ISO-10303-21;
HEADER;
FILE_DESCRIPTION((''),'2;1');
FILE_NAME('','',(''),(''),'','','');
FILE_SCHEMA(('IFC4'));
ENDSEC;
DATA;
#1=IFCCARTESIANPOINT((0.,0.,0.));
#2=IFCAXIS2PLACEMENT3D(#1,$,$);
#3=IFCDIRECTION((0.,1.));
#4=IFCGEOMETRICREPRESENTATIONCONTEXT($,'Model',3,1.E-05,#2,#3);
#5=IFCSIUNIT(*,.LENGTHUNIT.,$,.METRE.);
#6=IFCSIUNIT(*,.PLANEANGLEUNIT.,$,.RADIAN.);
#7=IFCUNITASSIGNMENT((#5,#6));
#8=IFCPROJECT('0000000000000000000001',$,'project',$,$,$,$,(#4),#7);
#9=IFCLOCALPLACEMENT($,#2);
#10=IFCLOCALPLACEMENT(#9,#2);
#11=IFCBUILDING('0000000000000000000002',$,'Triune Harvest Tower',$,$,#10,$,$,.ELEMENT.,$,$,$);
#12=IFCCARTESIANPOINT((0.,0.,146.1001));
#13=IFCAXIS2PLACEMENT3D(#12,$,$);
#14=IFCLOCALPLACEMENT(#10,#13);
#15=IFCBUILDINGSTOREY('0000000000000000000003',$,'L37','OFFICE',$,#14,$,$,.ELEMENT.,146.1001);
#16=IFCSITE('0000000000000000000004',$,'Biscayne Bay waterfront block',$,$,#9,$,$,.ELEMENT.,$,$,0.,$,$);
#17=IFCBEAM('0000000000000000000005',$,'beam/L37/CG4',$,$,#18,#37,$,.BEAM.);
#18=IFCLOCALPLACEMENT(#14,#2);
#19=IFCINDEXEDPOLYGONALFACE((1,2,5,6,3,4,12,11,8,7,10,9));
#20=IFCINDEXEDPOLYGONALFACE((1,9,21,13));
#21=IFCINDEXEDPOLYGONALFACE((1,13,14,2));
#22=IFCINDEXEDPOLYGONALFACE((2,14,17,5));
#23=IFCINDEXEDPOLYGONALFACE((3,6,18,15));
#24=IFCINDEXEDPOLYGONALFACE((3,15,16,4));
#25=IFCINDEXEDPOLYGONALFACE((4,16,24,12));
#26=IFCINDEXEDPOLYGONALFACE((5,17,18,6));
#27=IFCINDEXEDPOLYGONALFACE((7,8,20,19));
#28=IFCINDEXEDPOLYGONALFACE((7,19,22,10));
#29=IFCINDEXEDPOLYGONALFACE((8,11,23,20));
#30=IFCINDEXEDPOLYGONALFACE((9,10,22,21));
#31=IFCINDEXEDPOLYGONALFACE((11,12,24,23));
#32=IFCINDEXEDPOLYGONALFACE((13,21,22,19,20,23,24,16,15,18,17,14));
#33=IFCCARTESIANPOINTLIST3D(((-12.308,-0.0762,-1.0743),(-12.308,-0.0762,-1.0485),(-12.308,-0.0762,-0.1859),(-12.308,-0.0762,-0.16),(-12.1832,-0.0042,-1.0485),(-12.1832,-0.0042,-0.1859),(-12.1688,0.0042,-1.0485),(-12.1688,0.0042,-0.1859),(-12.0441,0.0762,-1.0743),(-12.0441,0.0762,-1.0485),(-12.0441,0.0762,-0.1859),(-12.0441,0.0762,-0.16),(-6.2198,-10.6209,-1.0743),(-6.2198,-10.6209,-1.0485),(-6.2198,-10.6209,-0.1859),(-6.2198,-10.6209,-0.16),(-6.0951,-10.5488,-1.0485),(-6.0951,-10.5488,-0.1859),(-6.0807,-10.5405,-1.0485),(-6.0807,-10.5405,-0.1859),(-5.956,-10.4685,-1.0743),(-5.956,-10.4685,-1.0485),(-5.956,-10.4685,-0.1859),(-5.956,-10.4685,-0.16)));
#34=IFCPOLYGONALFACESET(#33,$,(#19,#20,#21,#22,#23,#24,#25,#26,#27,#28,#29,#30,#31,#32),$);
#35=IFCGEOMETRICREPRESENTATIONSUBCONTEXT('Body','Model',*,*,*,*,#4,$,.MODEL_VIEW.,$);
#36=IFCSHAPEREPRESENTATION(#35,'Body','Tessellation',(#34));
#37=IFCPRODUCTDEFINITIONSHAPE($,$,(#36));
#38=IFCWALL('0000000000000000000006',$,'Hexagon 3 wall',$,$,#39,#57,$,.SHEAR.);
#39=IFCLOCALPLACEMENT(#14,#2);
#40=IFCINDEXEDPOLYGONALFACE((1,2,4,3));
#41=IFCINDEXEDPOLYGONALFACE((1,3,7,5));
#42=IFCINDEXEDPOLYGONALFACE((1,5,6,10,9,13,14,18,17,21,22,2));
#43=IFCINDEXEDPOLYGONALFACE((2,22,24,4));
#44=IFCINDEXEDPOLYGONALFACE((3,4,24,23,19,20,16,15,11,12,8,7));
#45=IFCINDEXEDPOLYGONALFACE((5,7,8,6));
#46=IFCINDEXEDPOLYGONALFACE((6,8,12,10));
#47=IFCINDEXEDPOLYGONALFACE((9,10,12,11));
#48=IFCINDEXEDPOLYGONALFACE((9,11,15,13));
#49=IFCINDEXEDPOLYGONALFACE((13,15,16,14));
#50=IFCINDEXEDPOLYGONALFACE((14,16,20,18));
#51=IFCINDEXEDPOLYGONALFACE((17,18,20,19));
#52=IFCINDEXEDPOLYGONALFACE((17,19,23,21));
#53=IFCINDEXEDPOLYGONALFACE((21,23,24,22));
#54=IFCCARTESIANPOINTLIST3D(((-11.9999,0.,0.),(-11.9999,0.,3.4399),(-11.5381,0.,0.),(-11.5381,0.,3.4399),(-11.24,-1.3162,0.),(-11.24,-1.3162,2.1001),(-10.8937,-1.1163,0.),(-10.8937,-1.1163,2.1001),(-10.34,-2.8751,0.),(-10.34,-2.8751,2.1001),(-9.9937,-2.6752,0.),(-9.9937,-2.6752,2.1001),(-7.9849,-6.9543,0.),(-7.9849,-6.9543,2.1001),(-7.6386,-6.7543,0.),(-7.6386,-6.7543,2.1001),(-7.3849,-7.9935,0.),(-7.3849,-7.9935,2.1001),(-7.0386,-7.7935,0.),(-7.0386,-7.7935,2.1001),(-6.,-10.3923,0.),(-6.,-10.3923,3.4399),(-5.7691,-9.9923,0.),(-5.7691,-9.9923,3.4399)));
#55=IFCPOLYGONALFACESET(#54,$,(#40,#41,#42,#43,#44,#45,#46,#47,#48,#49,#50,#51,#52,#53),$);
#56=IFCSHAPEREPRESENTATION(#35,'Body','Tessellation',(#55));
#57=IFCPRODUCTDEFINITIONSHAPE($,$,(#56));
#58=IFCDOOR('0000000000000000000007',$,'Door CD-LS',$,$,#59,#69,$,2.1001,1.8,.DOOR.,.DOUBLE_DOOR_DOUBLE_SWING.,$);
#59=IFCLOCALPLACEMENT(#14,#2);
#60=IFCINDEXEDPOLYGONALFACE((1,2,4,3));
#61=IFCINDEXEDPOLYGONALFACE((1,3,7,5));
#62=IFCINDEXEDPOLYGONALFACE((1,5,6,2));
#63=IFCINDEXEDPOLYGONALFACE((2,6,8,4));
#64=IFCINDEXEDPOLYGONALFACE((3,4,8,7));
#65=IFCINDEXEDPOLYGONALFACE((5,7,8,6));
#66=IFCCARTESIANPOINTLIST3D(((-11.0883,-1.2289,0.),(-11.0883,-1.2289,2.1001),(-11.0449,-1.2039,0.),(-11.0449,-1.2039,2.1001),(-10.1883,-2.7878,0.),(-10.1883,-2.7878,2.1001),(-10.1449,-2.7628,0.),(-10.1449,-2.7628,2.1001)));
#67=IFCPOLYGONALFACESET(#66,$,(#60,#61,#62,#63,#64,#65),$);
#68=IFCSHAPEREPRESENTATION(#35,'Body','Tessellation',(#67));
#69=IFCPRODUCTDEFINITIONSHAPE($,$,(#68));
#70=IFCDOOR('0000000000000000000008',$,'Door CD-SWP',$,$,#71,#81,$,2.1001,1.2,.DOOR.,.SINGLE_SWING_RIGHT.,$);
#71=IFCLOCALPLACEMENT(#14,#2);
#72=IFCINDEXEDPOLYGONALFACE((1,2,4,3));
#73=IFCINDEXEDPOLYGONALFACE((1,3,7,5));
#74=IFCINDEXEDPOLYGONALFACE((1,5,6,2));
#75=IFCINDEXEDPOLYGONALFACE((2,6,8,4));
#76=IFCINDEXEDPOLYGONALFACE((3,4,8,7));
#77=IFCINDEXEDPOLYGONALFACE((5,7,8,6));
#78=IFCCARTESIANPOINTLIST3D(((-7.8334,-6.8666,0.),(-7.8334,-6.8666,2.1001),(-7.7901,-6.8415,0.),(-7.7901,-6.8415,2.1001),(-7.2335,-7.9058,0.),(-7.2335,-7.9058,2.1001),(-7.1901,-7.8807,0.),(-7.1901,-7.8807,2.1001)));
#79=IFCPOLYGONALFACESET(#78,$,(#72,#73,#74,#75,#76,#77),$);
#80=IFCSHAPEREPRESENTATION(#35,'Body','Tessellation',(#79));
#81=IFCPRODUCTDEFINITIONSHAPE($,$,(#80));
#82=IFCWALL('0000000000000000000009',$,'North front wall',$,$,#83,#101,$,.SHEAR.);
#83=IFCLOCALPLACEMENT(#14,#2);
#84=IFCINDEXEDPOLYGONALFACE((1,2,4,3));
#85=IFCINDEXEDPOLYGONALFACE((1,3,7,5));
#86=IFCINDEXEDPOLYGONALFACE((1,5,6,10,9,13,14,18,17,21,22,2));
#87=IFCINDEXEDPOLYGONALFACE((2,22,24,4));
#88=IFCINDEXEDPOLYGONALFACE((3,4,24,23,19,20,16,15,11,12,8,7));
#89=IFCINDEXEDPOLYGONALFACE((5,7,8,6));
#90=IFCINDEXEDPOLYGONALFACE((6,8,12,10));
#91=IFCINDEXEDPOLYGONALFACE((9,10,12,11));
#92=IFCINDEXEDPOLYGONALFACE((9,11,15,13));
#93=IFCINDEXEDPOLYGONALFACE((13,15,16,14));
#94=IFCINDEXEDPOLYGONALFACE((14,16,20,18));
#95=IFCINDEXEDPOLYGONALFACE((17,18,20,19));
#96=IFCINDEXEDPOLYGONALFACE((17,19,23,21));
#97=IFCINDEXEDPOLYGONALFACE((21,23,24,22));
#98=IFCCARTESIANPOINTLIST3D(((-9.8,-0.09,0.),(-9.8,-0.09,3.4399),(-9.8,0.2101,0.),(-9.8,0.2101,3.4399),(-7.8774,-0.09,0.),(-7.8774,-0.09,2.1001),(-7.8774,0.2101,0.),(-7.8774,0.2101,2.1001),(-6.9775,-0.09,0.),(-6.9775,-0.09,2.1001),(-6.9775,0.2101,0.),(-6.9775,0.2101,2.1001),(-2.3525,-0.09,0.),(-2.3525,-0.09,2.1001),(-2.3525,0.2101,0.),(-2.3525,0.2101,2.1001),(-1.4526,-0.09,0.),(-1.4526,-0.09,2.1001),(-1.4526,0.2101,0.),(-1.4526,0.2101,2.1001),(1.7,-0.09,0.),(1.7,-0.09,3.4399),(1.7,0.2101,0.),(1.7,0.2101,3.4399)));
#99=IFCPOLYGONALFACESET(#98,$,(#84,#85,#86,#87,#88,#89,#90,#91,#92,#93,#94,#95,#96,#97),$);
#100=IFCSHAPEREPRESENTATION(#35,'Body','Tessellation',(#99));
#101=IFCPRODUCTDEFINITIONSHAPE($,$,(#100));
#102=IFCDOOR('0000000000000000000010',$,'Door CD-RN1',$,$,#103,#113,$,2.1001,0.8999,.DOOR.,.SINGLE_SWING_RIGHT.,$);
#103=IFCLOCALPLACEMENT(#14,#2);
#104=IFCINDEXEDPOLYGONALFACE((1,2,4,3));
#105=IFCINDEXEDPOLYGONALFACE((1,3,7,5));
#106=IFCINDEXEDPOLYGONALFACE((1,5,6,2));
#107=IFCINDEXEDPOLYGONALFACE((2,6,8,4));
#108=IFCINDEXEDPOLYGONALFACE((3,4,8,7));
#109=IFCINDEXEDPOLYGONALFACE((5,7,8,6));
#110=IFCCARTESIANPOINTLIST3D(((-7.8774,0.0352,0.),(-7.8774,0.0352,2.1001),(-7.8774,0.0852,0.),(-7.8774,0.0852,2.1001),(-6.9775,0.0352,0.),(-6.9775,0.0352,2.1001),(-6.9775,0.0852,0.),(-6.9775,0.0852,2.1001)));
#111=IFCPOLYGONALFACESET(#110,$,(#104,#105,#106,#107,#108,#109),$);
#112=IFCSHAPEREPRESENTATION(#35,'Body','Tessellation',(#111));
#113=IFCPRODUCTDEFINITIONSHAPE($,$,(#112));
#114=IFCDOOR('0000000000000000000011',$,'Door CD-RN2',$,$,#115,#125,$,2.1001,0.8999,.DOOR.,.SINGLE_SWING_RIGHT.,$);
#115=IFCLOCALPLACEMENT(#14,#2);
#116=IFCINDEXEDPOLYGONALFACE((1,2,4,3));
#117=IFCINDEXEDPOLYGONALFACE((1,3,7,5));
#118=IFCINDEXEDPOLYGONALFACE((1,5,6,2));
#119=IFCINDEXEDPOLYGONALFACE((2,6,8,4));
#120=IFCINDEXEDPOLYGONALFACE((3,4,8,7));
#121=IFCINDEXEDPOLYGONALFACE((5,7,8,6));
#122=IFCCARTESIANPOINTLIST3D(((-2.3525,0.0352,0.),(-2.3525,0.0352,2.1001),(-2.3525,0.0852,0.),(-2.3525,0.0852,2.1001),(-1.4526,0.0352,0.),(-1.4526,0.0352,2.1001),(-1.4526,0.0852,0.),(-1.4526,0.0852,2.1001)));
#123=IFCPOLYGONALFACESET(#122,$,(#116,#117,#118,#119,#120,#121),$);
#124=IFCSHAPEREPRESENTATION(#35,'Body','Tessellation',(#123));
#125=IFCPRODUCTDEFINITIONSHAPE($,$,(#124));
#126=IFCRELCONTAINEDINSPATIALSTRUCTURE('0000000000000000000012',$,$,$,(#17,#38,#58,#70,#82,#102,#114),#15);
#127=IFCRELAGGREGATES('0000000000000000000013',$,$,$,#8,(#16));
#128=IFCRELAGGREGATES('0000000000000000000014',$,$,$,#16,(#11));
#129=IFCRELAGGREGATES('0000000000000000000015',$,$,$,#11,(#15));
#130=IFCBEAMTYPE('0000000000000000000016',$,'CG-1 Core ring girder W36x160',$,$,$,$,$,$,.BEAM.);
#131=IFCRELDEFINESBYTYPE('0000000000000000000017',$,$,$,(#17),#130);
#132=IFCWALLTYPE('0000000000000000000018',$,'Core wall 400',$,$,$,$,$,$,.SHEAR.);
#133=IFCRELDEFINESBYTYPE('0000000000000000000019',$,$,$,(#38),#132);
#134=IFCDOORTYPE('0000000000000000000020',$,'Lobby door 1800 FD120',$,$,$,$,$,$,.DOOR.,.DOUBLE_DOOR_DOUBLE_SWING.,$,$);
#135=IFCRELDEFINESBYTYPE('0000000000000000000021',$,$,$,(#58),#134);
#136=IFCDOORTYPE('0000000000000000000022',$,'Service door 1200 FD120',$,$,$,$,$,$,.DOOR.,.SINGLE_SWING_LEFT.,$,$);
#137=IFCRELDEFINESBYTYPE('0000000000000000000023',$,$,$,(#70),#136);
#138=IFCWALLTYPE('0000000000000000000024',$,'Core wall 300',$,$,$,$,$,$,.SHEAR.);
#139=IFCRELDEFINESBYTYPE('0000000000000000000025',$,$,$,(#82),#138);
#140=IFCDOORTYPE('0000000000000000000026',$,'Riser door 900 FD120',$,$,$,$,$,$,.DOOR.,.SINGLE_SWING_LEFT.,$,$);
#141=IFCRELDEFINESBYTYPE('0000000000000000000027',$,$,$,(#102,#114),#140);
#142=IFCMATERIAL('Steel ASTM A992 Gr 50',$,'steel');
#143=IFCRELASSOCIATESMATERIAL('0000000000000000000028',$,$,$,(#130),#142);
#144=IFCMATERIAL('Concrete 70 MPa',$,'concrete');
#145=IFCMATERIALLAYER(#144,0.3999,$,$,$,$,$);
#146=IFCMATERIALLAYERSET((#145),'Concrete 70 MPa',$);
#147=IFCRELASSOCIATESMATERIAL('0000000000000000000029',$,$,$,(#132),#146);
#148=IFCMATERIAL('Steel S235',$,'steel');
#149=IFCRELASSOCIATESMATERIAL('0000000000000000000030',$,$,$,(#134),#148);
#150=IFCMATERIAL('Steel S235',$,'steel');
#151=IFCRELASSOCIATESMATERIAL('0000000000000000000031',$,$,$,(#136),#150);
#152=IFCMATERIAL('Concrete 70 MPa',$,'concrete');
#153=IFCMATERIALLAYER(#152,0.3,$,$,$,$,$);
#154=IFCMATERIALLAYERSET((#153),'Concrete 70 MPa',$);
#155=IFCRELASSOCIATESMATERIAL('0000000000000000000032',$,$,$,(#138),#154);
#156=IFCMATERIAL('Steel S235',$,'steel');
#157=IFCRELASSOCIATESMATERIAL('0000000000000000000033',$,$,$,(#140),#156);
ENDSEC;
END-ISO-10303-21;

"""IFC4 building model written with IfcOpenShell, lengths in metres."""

from ifc_helpers import new_model, si_unit, direction, frame, frame_2d, origin, origin_2d, place, context, subcontext, project, spatial, polyline, rectangle, i_section, outline, extrude, source, transform, mapped, material, layer, layer_set, material_profile, profile_set, type_object, element, fill, save


model = new_model("IFC4")

# Units and contexts
model_context = context("Model", 3, precision=1e-05, world=origin(), true_north=direction((0.0, 1.0)))
body_context = subcontext(model_context, "Body", "Model", "MODEL_VIEW")
ifc_project = project(units=[si_unit("LENGTHUNIT", "METRE"), si_unit("PLANEANGLEUNIT", "RADIAN")], contexts=[model_context])

# Site, building, storey
site_placement = place(None, origin())
site = spatial("IfcSite", under=ifc_project, at=site_placement, Name="Biscayne Bay waterfront block", CompositionType="ELEMENT", RefElevation=0.0)
building_placement = place(site_placement, origin())
building = spatial("IfcBuilding", under=site, at=building_placement, Name="Triune Harvest Tower", CompositionType="ELEMENT")
storey_placement = place(building_placement, frame((0.0, 0.0, 146.1001)))
storey = spatial("IfcBuildingStorey", under=building, at=storey_placement, Name="L37", Description="OFFICE", CompositionType="ELEMENT", Elevation=146.1001)

# Beam
ifc_material_1 = material(Name="Steel ASTM A992 Gr 50", Category="steel")
ifc_material_profile = material_profile(ifc_material_1, i_section(OverallWidth=0.3047, OverallDepth=0.9143, WebThickness=0.0166, FlangeThickness=0.0259, at=origin_2d()), Name="W36x160")
ifc_profile_set = profile_set([ifc_material_profile], Name="Steel ASTM A992 Gr 50")
beam_type = type_object("IfcBeamType", Name="CG-1 Core ring girder W36x160", PredefinedType="BEAM", material=ifc_profile_set)
shared_shape_1 = source(origin(), body_context, "Body", "SweptSolid", [
    extrude(i_section(OverallWidth=0.3047, OverallDepth=0.9143, WebThickness=0.0166, FlangeThickness=0.0259, at=origin_2d()), origin(), (0.0, 0.0, 1.0), 12.176),
])
beam_placement = place(storey_placement, frame((-12.176, 0.0, -0.6172), z_axis=(0.50001, -0.86602, 0.0), x_axis=(0.86602, 0.50001, 0.0)))
element("IfcBeam", 1, at=beam_placement, inside=storey, type_object=beam_type, Name="beam/L37/CG4", PredefinedType="BEAM", context=body_context, shape_type="MappedRepresentation", body=[
    mapped(shared_shape_1, transform((0.0, 0.0, 0.0), scale=1.0)),
])

# Walls, openings, doors
ifc_material_2 = material(Name="Concrete 70 MPa", Category="concrete")
ifc_layer_1 = layer(ifc_material_2, 0.3999)
ifc_layer_set_1 = layer_set([ifc_layer_1], Name="Concrete 70 MPa")
wall_type_1 = type_object("IfcWallType", Name="Core wall 400", PredefinedType="SHEAR", material=ifc_layer_set_1)
shared_shape_2 = source(origin(), body_context, "Body", "SweptSolid", [
    extrude(outline(polyline([(-0.1155, -0.2), (11.8845, -0.2), (11.6536, 0.2), (0.1155, 0.2), (-0.1155, -0.2)])), origin(), (0.0, 0.0, 1.0), 3.4399),
])
wall_1_placement = place(storey_placement, frame((-11.769, 0.0, 0.0), z_axis=(0.0, 0.0, 1.0), x_axis=(0.499997, -0.866027, 0.0)))
wall_1 = element("IfcWall", 2, at=wall_1_placement, inside=storey, type_object=wall_type_1, Name="Hexagon 3 wall", PredefinedType="SHEAR", context=body_context, shape_type="MappedRepresentation", body=[
    mapped(shared_shape_2, transform((0.0, 0.0, 0.0), scale=1.0)),
])
opening_1_placement = place(wall_1_placement, frame((1.4045, 0.0, 0.0)))
opening_1 = element("IfcOpeningElement", 3, at=opening_1_placement, cuts=wall_1, PredefinedType="OPENING", context=body_context, shape_type="SweptSolid", body=[
    extrude(rectangle(XDim=1.8, YDim=2.1001, at=frame_2d((0.8999, 1.05))), frame((0.0, 0.21, 0.0), z_axis=(0.0, -1.0, 0.0), x_axis=(1.0, 0.0, 0.0)), (0.0, 0.0, 1.0), 0.4199),
])
opening_2_placement = place(wall_1_placement, frame((7.9146, 0.0, 0.0)))
opening_2 = element("IfcOpeningElement", 4, at=opening_2_placement, cuts=wall_1, PredefinedType="OPENING", context=body_context, shape_type="SweptSolid", body=[
    extrude(rectangle(XDim=1.2, YDim=2.1001, at=frame_2d((0.6001, 1.05))), frame((0.0, 0.21, 0.0), z_axis=(0.0, -1.0, 0.0), x_axis=(1.0, 0.0, 0.0)), (0.0, 0.0, 1.0), 0.4199),
])
ifc_material_3 = material(Name="Steel S235", Category="steel")
door_type_1 = type_object("IfcDoorType", Name="Lobby door 1800 FD120", OperationType="DOUBLE_DOOR_DOUBLE_SWING", PredefinedType="DOOR", material=ifc_material_3)
door_1_placement = place(opening_1_placement, frame((1.8, 0.0, 0.0), z_axis=(0.0, 0.0, 1.0), x_axis=(-1.0, 0.0, 0.0)))
door_1 = element("IfcDoor", 5, at=door_1_placement, inside=storey, type_object=door_type_1, Name="Door CD-LS", OperationType="DOUBLE_DOOR_DOUBLE_SWING", OverallHeight=2.1001, OverallWidth=1.8, PredefinedType="DOOR", context=body_context, shape_type="SweptSolid", body=[
    extrude(rectangle(XDim=1.8, YDim=2.1001, at=frame_2d((0.8999, 1.05))), frame((0.0, 0.0249, 0.0), z_axis=(0.0, -1.0, 0.0), x_axis=(1.0, 0.0, 0.0)), (0.0, 0.0, 1.0), 0.05),
])
fill(opening_1, door_1)
ifc_material_4 = material(Name="Steel S235", Category="steel")
door_type_2 = type_object("IfcDoorType", Name="Service door 1200 FD120", OperationType="SINGLE_SWING_LEFT", PredefinedType="DOOR", material=ifc_material_4)
door_2_placement = place(opening_2_placement, frame((1.2, 0.0, 0.0), z_axis=(0.0, 0.0, 1.0), x_axis=(-1.0, 0.0, 0.0)))
door_2 = element("IfcDoor", 6, at=door_2_placement, inside=storey, type_object=door_type_2, Name="Door CD-SWP", OperationType="SINGLE_SWING_RIGHT", OverallHeight=2.1001, OverallWidth=1.2, PredefinedType="DOOR", context=body_context, shape_type="SweptSolid", body=[
    extrude(rectangle(XDim=1.2, YDim=2.1001, at=frame_2d((0.6001, 1.05))), frame((0.0, 0.0249, 0.0), z_axis=(0.0, -1.0, 0.0), x_axis=(1.0, 0.0, 0.0)), (0.0, 0.0, 1.0), 0.05),
])
fill(opening_2, door_2)
ifc_material_5 = material(Name="Concrete 70 MPa", Category="concrete")
ifc_layer_2 = layer(ifc_material_5, 0.3)
ifc_layer_set_2 = layer_set([ifc_layer_2], Name="Concrete 70 MPa")
wall_type_2 = type_object("IfcWallType", Name="Core wall 300", PredefinedType="SHEAR", material=ifc_layer_set_2)
shared_shape_3 = source(origin(), body_context, "Body", "SweptSolid", [
    extrude(rectangle(XDim=11.5, YDim=0.3, at=frame_2d((5.75, 0.0))), origin(), (0.0, 0.0, 1.0), 3.4399),
])
wall_2_placement = place(storey_placement, frame((-9.8, 0.0601, 0.0), z_axis=(0.0, 0.0, 1.0), x_axis=(1.0, 0.0, 0.0)))
wall_2 = element("IfcWall", 7, at=wall_2_placement, inside=storey, type_object=wall_type_2, Name="North front wall", PredefinedType="SHEAR", context=body_context, shape_type="MappedRepresentation", body=[
    mapped(shared_shape_3, transform((0.0, 0.0, 0.0), scale=1.0)),
])
opening_3_placement = place(wall_2_placement, frame((1.9226, 0.0, 0.0)))
opening_3 = element("IfcOpeningElement", 8, at=opening_3_placement, cuts=wall_2, PredefinedType="OPENING", context=body_context, shape_type="SweptSolid", body=[
    extrude(rectangle(XDim=0.8999, YDim=2.1001, at=frame_2d((0.45, 1.05))), frame((0.0, 0.1602, 0.0), z_axis=(0.0, -1.0, 0.0), x_axis=(1.0, 0.0, 0.0)), (0.0, 0.0, 1.0), 0.3201),
])
opening_4_placement = place(wall_2_placement, frame((7.4475, 0.0, 0.0)))
opening_4 = element("IfcOpeningElement", 9, at=opening_4_placement, cuts=wall_2, PredefinedType="OPENING", context=body_context, shape_type="SweptSolid", body=[
    extrude(rectangle(XDim=0.8999, YDim=2.1001, at=frame_2d((0.45, 1.05))), frame((0.0, 0.1602, 0.0), z_axis=(0.0, -1.0, 0.0), x_axis=(1.0, 0.0, 0.0)), (0.0, 0.0, 1.0), 0.3201),
])
ifc_material_6 = material(Name="Steel S235", Category="steel")
door_type_3 = type_object("IfcDoorType", Name="Riser door 900 FD120", OperationType="SINGLE_SWING_LEFT", PredefinedType="DOOR", material=ifc_material_6)
door_3_placement = place(opening_3_placement, frame((0.8999, 0.0, 0.0), z_axis=(0.0, 0.0, 1.0), x_axis=(-1.0, 0.0, 0.0)))
door_3 = element("IfcDoor", 10, at=door_3_placement, inside=storey, type_object=door_type_3, Name="Door CD-RN1", OperationType="SINGLE_SWING_RIGHT", OverallHeight=2.1001, OverallWidth=0.8999, PredefinedType="DOOR", context=body_context, shape_type="SweptSolid", body=[
    extrude(rectangle(XDim=0.8999, YDim=2.1001, at=frame_2d((0.45, 1.05))), frame((0.0, 0.0249, 0.0), z_axis=(0.0, -1.0, 0.0), x_axis=(1.0, 0.0, 0.0)), (0.0, 0.0, 1.0), 0.05),
])
fill(opening_3, door_3)
door_4_placement = place(opening_4_placement, frame((0.8999, 0.0, 0.0), z_axis=(0.0, 0.0, 1.0), x_axis=(-1.0, 0.0, 0.0)))
door_4 = element("IfcDoor", 11, at=door_4_placement, inside=storey, type_object=door_type_3, Name="Door CD-RN2", OperationType="SINGLE_SWING_RIGHT", OverallHeight=2.1001, OverallWidth=0.8999, PredefinedType="DOOR", context=body_context, shape_type="SweptSolid", body=[
    extrude(rectangle(XDim=0.8999, YDim=2.1001, at=frame_2d((0.45, 1.05))), frame((0.0, 0.0249, 0.0), z_axis=(0.0, -1.0, 0.0), x_axis=(1.0, 0.0, 0.0)), (0.0, 0.0, 1.0), 0.05),
])
fill(opening_4, door_4)

save(model, "model.ifc")
